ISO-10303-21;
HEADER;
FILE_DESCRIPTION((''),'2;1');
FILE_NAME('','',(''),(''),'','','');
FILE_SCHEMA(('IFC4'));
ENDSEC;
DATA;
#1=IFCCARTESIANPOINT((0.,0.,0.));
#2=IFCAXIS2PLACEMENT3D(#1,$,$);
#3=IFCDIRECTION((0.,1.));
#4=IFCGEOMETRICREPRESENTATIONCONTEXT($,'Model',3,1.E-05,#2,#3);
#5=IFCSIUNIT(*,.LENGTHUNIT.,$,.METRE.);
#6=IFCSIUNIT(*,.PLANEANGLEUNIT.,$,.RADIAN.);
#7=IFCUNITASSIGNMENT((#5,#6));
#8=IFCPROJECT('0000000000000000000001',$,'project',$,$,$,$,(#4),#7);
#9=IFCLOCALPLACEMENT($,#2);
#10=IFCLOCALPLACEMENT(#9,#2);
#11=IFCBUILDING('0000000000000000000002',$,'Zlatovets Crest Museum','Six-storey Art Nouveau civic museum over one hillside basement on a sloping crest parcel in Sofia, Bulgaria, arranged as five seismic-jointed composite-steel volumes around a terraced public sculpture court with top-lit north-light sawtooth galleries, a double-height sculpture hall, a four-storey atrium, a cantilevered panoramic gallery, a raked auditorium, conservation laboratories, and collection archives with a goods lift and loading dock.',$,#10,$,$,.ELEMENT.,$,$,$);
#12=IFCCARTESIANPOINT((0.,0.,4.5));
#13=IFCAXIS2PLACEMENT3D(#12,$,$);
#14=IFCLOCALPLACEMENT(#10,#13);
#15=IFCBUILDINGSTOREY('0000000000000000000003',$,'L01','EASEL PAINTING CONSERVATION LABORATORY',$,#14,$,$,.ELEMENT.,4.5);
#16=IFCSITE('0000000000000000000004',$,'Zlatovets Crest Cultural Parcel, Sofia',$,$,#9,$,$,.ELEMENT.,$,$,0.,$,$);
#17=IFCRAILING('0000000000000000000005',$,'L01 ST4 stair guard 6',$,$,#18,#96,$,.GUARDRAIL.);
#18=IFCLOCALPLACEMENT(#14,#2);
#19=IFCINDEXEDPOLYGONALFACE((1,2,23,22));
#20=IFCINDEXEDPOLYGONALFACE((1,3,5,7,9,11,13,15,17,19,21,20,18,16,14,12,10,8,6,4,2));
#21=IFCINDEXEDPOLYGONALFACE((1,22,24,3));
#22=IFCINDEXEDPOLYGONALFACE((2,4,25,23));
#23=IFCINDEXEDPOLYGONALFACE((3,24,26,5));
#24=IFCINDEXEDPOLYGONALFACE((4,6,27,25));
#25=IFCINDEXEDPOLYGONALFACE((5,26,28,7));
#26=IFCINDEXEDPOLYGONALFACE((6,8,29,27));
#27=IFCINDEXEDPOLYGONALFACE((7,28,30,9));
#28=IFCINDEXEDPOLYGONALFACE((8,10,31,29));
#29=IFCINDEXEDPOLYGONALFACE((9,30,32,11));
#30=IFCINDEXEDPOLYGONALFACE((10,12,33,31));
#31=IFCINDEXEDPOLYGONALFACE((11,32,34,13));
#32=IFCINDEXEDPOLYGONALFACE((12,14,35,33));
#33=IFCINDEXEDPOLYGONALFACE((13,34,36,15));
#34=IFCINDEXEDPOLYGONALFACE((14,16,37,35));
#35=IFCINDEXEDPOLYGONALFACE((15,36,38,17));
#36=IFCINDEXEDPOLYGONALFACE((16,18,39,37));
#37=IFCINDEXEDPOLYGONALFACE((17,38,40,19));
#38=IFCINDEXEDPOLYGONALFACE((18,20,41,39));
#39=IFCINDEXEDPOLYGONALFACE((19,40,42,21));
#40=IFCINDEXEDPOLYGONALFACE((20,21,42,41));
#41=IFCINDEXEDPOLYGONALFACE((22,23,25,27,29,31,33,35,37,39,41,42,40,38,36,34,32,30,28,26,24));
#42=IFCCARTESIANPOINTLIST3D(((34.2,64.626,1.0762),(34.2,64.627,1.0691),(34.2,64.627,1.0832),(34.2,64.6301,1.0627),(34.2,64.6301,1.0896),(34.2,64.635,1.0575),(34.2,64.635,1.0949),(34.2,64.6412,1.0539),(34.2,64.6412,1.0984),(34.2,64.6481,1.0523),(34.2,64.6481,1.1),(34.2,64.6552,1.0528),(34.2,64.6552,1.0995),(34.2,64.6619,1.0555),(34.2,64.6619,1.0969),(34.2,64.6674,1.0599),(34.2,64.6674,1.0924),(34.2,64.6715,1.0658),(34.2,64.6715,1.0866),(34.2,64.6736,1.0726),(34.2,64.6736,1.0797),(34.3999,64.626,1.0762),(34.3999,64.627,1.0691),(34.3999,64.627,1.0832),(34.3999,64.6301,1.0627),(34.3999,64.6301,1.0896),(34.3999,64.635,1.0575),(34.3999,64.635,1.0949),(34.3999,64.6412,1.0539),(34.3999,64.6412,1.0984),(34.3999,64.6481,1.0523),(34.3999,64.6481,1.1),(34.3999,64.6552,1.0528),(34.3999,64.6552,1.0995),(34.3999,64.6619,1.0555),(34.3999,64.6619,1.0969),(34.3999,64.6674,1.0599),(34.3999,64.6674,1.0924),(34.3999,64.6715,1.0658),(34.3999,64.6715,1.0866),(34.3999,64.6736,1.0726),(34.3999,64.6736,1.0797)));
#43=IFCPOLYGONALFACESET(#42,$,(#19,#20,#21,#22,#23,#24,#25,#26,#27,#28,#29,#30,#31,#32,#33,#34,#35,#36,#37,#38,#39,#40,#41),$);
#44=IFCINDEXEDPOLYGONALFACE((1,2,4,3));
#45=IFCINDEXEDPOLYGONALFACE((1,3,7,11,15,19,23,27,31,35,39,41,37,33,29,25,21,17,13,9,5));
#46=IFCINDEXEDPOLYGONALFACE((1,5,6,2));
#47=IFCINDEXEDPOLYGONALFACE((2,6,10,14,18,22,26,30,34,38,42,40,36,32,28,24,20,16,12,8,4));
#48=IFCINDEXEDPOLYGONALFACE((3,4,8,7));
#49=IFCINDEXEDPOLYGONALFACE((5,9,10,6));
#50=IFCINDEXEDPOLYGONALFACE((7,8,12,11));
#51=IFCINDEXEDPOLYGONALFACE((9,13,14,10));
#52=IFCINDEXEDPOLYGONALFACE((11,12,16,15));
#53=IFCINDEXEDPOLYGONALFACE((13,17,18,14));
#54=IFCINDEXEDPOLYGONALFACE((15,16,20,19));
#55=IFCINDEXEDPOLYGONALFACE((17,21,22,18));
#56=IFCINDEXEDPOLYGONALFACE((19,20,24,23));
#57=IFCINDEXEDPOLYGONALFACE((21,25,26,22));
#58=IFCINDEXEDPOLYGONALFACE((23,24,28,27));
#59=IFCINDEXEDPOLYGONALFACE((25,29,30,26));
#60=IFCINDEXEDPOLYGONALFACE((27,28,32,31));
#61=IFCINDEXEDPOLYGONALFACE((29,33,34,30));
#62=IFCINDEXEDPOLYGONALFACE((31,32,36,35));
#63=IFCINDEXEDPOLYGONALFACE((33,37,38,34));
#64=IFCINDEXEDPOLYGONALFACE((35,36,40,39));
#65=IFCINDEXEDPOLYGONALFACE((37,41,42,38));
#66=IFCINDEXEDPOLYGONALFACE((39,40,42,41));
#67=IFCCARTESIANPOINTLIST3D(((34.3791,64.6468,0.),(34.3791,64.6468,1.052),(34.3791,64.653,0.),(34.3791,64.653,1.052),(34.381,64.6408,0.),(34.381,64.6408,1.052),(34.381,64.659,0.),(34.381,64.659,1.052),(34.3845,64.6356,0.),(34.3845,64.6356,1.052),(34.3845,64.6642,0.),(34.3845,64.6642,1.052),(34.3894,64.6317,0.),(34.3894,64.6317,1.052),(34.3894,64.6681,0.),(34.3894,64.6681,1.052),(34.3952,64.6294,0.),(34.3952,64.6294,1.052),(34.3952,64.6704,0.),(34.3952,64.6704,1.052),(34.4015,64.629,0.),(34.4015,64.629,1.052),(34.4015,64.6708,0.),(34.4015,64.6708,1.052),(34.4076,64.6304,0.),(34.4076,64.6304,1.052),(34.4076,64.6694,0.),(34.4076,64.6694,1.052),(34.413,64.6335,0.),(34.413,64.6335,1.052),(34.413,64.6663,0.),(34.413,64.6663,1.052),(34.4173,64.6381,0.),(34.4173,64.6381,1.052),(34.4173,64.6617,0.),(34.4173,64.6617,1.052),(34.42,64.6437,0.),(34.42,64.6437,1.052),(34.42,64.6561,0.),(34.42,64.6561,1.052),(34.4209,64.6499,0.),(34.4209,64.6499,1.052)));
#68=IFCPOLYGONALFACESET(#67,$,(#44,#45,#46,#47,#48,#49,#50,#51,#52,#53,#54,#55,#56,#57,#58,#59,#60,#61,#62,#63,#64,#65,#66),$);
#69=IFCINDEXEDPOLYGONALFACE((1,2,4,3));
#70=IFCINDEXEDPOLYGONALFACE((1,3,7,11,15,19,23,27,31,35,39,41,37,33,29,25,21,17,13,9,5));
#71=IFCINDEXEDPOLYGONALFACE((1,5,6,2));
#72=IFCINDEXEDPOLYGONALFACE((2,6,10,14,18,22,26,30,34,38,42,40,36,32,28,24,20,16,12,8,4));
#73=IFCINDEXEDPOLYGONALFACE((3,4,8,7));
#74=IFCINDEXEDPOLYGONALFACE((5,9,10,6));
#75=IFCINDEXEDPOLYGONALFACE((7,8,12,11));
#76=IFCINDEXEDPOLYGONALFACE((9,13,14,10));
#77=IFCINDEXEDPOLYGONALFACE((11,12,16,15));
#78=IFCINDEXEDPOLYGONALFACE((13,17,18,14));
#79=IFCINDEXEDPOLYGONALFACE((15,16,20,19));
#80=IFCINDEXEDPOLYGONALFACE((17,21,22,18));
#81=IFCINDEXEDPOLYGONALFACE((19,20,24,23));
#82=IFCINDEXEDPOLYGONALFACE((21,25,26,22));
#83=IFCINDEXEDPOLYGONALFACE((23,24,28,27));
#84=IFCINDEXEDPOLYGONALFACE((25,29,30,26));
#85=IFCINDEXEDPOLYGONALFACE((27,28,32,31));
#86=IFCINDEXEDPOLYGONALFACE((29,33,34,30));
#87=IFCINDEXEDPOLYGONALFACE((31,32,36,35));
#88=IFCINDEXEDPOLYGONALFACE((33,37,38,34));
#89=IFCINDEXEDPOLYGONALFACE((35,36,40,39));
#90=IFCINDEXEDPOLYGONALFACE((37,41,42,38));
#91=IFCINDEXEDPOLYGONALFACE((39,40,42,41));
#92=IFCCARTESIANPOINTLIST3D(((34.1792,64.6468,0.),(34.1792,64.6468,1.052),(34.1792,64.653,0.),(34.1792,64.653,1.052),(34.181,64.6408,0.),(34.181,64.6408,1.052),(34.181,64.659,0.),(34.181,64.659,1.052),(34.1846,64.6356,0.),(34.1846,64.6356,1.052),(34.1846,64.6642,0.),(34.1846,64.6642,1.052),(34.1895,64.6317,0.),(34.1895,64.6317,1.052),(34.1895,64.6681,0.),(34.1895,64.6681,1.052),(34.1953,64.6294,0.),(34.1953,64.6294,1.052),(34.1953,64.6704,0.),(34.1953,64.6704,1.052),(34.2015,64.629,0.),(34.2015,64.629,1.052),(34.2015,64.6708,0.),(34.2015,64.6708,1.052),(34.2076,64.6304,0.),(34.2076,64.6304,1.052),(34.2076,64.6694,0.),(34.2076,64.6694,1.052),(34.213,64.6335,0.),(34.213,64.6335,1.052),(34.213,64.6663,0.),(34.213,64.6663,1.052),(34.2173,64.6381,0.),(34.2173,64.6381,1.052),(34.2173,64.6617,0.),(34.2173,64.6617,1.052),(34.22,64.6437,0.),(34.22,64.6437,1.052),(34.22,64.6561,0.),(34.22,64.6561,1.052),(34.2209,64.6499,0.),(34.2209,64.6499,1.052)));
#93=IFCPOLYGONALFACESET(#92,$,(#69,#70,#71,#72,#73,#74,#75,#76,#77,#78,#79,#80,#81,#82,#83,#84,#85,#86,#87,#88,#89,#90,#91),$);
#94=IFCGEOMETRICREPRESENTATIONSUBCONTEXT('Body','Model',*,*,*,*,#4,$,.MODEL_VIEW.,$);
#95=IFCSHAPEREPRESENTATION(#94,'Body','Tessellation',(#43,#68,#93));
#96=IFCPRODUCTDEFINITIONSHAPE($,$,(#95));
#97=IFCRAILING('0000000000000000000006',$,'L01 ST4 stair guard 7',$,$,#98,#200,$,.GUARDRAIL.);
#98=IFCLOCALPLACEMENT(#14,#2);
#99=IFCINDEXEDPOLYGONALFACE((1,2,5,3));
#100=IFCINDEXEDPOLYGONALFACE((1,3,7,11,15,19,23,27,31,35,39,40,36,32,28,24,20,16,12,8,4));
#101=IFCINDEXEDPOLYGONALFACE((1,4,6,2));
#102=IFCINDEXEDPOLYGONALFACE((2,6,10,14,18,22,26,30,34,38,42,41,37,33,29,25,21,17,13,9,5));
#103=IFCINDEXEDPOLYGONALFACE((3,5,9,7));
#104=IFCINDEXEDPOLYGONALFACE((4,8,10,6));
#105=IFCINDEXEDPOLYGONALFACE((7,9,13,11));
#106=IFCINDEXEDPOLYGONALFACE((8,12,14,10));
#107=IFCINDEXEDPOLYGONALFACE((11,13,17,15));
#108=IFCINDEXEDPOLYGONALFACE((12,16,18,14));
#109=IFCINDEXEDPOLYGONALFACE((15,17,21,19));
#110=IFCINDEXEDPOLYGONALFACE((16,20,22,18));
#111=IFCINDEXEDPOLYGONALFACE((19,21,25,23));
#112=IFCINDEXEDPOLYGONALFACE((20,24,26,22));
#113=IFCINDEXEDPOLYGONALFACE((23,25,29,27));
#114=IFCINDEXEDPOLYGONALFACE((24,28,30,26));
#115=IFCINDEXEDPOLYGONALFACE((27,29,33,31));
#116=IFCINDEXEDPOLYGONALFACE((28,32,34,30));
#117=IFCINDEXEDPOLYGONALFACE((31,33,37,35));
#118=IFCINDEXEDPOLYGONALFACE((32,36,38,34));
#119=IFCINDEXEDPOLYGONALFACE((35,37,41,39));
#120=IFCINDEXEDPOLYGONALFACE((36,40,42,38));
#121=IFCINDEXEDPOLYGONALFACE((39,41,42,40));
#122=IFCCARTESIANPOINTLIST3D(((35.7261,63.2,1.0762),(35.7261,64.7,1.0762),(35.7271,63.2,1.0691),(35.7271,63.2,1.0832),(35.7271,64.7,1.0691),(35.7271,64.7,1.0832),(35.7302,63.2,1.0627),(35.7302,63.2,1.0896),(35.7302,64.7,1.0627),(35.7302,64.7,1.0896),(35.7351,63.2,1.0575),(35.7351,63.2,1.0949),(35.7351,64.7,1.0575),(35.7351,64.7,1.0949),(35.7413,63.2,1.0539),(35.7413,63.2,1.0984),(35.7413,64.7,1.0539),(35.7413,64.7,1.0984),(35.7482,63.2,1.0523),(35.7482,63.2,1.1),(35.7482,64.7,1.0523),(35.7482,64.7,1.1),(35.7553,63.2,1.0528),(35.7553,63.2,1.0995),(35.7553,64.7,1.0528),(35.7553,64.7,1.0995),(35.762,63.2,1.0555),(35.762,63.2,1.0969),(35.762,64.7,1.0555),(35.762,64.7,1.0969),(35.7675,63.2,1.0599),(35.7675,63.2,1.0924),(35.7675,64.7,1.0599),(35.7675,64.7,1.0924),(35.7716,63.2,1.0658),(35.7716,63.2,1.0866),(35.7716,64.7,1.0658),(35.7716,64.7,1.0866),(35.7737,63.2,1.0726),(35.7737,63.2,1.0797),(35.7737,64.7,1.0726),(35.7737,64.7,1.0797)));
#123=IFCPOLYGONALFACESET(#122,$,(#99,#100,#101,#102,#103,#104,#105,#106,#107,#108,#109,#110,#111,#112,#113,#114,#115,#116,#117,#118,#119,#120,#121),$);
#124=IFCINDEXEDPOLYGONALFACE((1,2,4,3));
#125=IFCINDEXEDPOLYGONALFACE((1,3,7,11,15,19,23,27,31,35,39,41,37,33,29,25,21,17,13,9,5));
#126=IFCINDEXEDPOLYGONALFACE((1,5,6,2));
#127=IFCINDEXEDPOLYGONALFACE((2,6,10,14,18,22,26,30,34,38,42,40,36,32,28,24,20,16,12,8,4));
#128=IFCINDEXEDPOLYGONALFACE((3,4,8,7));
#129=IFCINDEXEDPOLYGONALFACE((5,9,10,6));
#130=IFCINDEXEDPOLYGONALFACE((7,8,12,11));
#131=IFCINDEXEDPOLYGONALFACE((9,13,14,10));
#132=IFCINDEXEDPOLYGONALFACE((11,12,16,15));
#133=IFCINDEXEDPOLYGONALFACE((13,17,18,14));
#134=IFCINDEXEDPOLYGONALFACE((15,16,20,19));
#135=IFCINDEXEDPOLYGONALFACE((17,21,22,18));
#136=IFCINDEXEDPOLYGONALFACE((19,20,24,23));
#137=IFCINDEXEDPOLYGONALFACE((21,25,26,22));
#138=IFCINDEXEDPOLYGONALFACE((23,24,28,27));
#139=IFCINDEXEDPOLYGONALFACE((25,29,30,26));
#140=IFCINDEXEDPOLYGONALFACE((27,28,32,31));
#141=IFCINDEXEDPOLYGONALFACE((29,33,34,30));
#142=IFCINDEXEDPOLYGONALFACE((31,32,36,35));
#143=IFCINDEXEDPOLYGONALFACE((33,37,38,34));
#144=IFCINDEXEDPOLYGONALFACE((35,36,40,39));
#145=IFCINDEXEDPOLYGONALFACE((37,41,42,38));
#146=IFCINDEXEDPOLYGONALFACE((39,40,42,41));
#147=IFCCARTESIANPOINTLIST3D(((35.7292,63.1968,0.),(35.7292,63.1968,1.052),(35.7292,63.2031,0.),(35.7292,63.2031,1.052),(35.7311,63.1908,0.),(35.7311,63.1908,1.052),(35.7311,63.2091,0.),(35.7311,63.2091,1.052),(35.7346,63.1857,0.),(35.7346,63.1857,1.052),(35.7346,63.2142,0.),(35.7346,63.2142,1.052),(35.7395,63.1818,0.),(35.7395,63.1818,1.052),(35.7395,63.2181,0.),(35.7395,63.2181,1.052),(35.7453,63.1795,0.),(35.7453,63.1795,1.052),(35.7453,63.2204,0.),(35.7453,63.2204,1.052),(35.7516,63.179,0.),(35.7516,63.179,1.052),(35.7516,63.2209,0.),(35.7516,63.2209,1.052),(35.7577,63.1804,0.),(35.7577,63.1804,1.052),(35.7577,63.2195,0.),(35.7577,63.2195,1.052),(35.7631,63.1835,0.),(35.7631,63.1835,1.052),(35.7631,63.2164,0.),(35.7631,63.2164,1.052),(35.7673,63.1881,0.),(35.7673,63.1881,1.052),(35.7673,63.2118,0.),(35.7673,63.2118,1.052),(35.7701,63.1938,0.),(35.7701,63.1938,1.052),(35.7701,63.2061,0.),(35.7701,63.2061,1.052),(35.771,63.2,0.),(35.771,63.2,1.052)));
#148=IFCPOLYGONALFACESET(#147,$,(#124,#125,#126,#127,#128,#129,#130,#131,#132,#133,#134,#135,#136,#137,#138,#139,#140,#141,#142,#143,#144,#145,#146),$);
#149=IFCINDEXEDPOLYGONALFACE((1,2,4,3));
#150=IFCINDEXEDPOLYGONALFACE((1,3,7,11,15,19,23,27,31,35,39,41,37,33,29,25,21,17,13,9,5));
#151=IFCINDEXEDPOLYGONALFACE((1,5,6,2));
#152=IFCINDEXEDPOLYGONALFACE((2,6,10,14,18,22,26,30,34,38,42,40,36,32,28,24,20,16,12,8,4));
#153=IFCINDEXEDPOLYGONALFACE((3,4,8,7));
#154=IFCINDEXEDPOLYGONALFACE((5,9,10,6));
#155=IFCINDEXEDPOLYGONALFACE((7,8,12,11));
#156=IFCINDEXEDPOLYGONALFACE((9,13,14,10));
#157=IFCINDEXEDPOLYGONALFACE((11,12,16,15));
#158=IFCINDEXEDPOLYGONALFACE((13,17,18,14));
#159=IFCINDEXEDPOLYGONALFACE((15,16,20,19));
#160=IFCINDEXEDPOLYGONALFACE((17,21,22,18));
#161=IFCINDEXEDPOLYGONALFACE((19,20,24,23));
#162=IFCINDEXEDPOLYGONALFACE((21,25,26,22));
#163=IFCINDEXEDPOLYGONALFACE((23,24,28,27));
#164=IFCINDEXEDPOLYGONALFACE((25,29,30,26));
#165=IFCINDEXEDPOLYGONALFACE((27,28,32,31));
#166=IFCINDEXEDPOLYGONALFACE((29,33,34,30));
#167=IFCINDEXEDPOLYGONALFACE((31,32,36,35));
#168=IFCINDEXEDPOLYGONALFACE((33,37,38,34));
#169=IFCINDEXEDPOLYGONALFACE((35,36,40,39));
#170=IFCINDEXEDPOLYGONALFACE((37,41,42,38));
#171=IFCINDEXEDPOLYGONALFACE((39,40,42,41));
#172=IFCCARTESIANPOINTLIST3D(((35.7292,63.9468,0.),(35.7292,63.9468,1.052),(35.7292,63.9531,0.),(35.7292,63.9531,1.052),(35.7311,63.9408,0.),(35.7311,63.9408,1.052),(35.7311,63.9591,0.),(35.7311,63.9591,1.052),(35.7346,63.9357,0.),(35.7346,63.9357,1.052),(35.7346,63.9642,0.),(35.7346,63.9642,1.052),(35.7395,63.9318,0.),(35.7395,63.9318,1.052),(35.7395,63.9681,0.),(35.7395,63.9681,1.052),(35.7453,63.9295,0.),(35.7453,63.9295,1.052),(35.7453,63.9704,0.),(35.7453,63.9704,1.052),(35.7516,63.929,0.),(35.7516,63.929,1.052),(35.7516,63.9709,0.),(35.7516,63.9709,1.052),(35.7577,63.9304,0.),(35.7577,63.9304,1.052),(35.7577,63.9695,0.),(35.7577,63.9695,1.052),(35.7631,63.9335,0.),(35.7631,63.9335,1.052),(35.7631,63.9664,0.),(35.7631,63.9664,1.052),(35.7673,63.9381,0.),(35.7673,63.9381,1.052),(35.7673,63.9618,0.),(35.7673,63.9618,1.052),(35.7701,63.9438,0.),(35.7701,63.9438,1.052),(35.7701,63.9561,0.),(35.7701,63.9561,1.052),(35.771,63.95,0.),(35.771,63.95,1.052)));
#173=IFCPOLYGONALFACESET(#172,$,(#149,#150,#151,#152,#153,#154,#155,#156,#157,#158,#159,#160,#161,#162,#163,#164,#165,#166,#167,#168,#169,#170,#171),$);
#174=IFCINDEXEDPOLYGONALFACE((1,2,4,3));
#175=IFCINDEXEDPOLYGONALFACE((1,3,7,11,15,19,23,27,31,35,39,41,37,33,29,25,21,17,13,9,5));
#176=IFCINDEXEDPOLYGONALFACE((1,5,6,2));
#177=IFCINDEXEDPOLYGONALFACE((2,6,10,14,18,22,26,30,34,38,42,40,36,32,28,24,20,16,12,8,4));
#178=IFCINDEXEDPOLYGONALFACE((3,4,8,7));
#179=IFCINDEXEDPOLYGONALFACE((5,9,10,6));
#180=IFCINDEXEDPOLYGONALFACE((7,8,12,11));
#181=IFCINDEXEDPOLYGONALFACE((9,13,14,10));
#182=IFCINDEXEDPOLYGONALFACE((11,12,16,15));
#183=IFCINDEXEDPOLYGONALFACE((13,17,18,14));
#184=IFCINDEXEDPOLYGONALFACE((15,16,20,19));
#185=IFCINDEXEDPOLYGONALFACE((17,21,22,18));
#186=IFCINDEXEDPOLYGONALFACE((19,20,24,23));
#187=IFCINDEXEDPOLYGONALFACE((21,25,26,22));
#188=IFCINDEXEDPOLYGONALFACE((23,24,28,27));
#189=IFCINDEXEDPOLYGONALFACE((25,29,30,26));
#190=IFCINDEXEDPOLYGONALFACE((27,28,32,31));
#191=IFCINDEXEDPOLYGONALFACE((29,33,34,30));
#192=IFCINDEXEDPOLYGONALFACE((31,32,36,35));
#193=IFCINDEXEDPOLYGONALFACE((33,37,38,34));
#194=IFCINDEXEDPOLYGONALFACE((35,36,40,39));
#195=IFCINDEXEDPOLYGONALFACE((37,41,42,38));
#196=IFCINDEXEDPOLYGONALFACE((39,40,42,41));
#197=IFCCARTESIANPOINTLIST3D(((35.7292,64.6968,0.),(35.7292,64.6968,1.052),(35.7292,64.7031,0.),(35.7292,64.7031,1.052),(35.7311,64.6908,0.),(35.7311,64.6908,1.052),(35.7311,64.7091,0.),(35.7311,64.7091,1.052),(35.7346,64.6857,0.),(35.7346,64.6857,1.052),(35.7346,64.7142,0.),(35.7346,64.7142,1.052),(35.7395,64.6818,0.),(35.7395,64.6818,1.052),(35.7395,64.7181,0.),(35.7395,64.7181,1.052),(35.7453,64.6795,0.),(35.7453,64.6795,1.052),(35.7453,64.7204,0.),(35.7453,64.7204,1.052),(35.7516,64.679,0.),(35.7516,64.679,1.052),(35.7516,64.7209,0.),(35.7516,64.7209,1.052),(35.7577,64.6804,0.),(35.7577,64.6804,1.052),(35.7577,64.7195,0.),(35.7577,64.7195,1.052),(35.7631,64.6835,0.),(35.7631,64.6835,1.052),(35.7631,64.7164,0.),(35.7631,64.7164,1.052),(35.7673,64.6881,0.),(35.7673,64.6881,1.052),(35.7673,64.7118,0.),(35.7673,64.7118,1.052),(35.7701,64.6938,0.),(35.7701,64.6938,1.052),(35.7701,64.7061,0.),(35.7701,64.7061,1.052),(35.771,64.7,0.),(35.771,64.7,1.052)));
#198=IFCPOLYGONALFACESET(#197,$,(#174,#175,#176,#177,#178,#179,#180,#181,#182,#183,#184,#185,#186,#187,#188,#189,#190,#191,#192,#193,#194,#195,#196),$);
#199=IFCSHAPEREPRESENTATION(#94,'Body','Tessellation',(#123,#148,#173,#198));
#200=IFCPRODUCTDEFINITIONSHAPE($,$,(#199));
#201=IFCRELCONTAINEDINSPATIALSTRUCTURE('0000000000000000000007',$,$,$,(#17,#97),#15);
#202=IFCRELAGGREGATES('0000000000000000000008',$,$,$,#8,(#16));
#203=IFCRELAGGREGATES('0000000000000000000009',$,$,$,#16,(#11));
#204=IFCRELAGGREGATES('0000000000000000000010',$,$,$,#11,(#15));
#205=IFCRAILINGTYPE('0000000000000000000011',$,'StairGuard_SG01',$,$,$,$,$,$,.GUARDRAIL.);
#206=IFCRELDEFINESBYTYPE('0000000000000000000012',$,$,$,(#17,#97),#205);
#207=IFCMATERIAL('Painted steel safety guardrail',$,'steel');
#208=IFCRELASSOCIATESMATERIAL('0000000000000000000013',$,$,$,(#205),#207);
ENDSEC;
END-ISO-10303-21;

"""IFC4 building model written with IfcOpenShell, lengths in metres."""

from ifc_helpers import new_model, si_unit, direction, frame, origin, origin_2d, place, context, subcontext, project, spatial, circle, extrude, material, type_object, element, save


model = new_model("IFC4")

# Units and contexts
model_context = context("Model", 3, precision=1e-05, world=origin(), true_north=direction((0.0, 1.0)))
body_context = subcontext(model_context, "Body", "Model", "MODEL_VIEW")
ifc_project = project(units=[si_unit("LENGTHUNIT", "METRE"), si_unit("PLANEANGLEUNIT", "RADIAN")], contexts=[model_context])

# Site, building, storey
site_placement = place(None, origin())
site = spatial("IfcSite", under=ifc_project, at=site_placement, Name="Zlatovets Crest Cultural Parcel, Sofia", CompositionType="ELEMENT", RefElevation=0.0)
building_placement = place(site_placement, origin())
building = spatial("IfcBuilding", under=site, at=building_placement, Name="Zlatovets Crest Museum", Description="Six-storey Art Nouveau civic museum over one hillside basement on a sloping crest parcel in Sofia, Bulgaria, arranged as five seismic-jointed composite-steel volumes around a terraced public sculpture court with top-lit north-light sawtooth galleries, a double-height sculpture hall, a four-storey atrium, a cantilevered panoramic gallery, a raked auditorium, conservation laboratories, and collection archives with a goods lift and loading dock.", CompositionType="ELEMENT")
storey_placement = place(building_placement, frame((0.0, 0.0, 4.5)))
storey = spatial("IfcBuildingStorey", under=building, at=storey_placement, Name="L01", Description="EASEL PAINTING CONSERVATION LABORATORY", CompositionType="ELEMENT", Elevation=4.5)

# Railings
ifc_material_1 = material(Name="Painted steel safety guardrail", Category="steel")
railing_type_1 = type_object("IfcRailingType", Name="StairGuard_SG01", PredefinedType="GUARDRAIL", material=ifc_material_1)
railing_1_placement = place(storey_placement, frame((34.3999, 64.6499, 0.0)))
element("IfcRailing", 1, at=railing_1_placement, inside=storey, type_object=railing_type_1, Name="L01 ST4 stair guard 6", PredefinedType="GUARDRAIL", context=body_context, shape_type="SweptSolid", body=[
    extrude(circle(Radius=0.0239, at=origin_2d()), frame((0.0, 0.0, 1.0762), z_axis=(-1.0, 0.0, 0.0), x_axis=(0.0, -1.0, 0.0)), (0.0, 0.0, 1.0), 0.2),
    extrude(circle(Radius=0.021, at=origin_2d()), origin(), (0.0, 0.0, 1.0), 1.052),
    extrude(circle(Radius=0.021, at=origin_2d()), frame((-0.2, 0.0, 0.0)), (0.0, 0.0, 1.0), 1.052),
])
railing_2_placement = place(storey_placement, frame((35.75, 63.2, 0.0)))
element("IfcRailing", 2, at=railing_2_placement, inside=storey, type_object=railing_type_1, Name="L01 ST4 stair guard 7", PredefinedType="GUARDRAIL", context=body_context, shape_type="SweptSolid", body=[
    extrude(circle(Radius=0.0239, at=origin_2d()), frame((0.0, 0.0, 1.0762), z_axis=(0.0, 1.0, 0.0), x_axis=(-1.0, 0.0, 0.0)), (0.0, 0.0, 1.0), 1.5),
    extrude(circle(Radius=0.021, at=origin_2d()), origin(), (0.0, 0.0, 1.0), 1.052),
    extrude(circle(Radius=0.021, at=origin_2d()), frame((0.0, 0.75, 0.0)), (0.0, 0.0, 1.0), 1.052),
    extrude(circle(Radius=0.021, at=origin_2d()), frame((0.0, 1.5, 0.0)), (0.0, 0.0, 1.0), 1.052),
])

save(model, "model.ifc")
